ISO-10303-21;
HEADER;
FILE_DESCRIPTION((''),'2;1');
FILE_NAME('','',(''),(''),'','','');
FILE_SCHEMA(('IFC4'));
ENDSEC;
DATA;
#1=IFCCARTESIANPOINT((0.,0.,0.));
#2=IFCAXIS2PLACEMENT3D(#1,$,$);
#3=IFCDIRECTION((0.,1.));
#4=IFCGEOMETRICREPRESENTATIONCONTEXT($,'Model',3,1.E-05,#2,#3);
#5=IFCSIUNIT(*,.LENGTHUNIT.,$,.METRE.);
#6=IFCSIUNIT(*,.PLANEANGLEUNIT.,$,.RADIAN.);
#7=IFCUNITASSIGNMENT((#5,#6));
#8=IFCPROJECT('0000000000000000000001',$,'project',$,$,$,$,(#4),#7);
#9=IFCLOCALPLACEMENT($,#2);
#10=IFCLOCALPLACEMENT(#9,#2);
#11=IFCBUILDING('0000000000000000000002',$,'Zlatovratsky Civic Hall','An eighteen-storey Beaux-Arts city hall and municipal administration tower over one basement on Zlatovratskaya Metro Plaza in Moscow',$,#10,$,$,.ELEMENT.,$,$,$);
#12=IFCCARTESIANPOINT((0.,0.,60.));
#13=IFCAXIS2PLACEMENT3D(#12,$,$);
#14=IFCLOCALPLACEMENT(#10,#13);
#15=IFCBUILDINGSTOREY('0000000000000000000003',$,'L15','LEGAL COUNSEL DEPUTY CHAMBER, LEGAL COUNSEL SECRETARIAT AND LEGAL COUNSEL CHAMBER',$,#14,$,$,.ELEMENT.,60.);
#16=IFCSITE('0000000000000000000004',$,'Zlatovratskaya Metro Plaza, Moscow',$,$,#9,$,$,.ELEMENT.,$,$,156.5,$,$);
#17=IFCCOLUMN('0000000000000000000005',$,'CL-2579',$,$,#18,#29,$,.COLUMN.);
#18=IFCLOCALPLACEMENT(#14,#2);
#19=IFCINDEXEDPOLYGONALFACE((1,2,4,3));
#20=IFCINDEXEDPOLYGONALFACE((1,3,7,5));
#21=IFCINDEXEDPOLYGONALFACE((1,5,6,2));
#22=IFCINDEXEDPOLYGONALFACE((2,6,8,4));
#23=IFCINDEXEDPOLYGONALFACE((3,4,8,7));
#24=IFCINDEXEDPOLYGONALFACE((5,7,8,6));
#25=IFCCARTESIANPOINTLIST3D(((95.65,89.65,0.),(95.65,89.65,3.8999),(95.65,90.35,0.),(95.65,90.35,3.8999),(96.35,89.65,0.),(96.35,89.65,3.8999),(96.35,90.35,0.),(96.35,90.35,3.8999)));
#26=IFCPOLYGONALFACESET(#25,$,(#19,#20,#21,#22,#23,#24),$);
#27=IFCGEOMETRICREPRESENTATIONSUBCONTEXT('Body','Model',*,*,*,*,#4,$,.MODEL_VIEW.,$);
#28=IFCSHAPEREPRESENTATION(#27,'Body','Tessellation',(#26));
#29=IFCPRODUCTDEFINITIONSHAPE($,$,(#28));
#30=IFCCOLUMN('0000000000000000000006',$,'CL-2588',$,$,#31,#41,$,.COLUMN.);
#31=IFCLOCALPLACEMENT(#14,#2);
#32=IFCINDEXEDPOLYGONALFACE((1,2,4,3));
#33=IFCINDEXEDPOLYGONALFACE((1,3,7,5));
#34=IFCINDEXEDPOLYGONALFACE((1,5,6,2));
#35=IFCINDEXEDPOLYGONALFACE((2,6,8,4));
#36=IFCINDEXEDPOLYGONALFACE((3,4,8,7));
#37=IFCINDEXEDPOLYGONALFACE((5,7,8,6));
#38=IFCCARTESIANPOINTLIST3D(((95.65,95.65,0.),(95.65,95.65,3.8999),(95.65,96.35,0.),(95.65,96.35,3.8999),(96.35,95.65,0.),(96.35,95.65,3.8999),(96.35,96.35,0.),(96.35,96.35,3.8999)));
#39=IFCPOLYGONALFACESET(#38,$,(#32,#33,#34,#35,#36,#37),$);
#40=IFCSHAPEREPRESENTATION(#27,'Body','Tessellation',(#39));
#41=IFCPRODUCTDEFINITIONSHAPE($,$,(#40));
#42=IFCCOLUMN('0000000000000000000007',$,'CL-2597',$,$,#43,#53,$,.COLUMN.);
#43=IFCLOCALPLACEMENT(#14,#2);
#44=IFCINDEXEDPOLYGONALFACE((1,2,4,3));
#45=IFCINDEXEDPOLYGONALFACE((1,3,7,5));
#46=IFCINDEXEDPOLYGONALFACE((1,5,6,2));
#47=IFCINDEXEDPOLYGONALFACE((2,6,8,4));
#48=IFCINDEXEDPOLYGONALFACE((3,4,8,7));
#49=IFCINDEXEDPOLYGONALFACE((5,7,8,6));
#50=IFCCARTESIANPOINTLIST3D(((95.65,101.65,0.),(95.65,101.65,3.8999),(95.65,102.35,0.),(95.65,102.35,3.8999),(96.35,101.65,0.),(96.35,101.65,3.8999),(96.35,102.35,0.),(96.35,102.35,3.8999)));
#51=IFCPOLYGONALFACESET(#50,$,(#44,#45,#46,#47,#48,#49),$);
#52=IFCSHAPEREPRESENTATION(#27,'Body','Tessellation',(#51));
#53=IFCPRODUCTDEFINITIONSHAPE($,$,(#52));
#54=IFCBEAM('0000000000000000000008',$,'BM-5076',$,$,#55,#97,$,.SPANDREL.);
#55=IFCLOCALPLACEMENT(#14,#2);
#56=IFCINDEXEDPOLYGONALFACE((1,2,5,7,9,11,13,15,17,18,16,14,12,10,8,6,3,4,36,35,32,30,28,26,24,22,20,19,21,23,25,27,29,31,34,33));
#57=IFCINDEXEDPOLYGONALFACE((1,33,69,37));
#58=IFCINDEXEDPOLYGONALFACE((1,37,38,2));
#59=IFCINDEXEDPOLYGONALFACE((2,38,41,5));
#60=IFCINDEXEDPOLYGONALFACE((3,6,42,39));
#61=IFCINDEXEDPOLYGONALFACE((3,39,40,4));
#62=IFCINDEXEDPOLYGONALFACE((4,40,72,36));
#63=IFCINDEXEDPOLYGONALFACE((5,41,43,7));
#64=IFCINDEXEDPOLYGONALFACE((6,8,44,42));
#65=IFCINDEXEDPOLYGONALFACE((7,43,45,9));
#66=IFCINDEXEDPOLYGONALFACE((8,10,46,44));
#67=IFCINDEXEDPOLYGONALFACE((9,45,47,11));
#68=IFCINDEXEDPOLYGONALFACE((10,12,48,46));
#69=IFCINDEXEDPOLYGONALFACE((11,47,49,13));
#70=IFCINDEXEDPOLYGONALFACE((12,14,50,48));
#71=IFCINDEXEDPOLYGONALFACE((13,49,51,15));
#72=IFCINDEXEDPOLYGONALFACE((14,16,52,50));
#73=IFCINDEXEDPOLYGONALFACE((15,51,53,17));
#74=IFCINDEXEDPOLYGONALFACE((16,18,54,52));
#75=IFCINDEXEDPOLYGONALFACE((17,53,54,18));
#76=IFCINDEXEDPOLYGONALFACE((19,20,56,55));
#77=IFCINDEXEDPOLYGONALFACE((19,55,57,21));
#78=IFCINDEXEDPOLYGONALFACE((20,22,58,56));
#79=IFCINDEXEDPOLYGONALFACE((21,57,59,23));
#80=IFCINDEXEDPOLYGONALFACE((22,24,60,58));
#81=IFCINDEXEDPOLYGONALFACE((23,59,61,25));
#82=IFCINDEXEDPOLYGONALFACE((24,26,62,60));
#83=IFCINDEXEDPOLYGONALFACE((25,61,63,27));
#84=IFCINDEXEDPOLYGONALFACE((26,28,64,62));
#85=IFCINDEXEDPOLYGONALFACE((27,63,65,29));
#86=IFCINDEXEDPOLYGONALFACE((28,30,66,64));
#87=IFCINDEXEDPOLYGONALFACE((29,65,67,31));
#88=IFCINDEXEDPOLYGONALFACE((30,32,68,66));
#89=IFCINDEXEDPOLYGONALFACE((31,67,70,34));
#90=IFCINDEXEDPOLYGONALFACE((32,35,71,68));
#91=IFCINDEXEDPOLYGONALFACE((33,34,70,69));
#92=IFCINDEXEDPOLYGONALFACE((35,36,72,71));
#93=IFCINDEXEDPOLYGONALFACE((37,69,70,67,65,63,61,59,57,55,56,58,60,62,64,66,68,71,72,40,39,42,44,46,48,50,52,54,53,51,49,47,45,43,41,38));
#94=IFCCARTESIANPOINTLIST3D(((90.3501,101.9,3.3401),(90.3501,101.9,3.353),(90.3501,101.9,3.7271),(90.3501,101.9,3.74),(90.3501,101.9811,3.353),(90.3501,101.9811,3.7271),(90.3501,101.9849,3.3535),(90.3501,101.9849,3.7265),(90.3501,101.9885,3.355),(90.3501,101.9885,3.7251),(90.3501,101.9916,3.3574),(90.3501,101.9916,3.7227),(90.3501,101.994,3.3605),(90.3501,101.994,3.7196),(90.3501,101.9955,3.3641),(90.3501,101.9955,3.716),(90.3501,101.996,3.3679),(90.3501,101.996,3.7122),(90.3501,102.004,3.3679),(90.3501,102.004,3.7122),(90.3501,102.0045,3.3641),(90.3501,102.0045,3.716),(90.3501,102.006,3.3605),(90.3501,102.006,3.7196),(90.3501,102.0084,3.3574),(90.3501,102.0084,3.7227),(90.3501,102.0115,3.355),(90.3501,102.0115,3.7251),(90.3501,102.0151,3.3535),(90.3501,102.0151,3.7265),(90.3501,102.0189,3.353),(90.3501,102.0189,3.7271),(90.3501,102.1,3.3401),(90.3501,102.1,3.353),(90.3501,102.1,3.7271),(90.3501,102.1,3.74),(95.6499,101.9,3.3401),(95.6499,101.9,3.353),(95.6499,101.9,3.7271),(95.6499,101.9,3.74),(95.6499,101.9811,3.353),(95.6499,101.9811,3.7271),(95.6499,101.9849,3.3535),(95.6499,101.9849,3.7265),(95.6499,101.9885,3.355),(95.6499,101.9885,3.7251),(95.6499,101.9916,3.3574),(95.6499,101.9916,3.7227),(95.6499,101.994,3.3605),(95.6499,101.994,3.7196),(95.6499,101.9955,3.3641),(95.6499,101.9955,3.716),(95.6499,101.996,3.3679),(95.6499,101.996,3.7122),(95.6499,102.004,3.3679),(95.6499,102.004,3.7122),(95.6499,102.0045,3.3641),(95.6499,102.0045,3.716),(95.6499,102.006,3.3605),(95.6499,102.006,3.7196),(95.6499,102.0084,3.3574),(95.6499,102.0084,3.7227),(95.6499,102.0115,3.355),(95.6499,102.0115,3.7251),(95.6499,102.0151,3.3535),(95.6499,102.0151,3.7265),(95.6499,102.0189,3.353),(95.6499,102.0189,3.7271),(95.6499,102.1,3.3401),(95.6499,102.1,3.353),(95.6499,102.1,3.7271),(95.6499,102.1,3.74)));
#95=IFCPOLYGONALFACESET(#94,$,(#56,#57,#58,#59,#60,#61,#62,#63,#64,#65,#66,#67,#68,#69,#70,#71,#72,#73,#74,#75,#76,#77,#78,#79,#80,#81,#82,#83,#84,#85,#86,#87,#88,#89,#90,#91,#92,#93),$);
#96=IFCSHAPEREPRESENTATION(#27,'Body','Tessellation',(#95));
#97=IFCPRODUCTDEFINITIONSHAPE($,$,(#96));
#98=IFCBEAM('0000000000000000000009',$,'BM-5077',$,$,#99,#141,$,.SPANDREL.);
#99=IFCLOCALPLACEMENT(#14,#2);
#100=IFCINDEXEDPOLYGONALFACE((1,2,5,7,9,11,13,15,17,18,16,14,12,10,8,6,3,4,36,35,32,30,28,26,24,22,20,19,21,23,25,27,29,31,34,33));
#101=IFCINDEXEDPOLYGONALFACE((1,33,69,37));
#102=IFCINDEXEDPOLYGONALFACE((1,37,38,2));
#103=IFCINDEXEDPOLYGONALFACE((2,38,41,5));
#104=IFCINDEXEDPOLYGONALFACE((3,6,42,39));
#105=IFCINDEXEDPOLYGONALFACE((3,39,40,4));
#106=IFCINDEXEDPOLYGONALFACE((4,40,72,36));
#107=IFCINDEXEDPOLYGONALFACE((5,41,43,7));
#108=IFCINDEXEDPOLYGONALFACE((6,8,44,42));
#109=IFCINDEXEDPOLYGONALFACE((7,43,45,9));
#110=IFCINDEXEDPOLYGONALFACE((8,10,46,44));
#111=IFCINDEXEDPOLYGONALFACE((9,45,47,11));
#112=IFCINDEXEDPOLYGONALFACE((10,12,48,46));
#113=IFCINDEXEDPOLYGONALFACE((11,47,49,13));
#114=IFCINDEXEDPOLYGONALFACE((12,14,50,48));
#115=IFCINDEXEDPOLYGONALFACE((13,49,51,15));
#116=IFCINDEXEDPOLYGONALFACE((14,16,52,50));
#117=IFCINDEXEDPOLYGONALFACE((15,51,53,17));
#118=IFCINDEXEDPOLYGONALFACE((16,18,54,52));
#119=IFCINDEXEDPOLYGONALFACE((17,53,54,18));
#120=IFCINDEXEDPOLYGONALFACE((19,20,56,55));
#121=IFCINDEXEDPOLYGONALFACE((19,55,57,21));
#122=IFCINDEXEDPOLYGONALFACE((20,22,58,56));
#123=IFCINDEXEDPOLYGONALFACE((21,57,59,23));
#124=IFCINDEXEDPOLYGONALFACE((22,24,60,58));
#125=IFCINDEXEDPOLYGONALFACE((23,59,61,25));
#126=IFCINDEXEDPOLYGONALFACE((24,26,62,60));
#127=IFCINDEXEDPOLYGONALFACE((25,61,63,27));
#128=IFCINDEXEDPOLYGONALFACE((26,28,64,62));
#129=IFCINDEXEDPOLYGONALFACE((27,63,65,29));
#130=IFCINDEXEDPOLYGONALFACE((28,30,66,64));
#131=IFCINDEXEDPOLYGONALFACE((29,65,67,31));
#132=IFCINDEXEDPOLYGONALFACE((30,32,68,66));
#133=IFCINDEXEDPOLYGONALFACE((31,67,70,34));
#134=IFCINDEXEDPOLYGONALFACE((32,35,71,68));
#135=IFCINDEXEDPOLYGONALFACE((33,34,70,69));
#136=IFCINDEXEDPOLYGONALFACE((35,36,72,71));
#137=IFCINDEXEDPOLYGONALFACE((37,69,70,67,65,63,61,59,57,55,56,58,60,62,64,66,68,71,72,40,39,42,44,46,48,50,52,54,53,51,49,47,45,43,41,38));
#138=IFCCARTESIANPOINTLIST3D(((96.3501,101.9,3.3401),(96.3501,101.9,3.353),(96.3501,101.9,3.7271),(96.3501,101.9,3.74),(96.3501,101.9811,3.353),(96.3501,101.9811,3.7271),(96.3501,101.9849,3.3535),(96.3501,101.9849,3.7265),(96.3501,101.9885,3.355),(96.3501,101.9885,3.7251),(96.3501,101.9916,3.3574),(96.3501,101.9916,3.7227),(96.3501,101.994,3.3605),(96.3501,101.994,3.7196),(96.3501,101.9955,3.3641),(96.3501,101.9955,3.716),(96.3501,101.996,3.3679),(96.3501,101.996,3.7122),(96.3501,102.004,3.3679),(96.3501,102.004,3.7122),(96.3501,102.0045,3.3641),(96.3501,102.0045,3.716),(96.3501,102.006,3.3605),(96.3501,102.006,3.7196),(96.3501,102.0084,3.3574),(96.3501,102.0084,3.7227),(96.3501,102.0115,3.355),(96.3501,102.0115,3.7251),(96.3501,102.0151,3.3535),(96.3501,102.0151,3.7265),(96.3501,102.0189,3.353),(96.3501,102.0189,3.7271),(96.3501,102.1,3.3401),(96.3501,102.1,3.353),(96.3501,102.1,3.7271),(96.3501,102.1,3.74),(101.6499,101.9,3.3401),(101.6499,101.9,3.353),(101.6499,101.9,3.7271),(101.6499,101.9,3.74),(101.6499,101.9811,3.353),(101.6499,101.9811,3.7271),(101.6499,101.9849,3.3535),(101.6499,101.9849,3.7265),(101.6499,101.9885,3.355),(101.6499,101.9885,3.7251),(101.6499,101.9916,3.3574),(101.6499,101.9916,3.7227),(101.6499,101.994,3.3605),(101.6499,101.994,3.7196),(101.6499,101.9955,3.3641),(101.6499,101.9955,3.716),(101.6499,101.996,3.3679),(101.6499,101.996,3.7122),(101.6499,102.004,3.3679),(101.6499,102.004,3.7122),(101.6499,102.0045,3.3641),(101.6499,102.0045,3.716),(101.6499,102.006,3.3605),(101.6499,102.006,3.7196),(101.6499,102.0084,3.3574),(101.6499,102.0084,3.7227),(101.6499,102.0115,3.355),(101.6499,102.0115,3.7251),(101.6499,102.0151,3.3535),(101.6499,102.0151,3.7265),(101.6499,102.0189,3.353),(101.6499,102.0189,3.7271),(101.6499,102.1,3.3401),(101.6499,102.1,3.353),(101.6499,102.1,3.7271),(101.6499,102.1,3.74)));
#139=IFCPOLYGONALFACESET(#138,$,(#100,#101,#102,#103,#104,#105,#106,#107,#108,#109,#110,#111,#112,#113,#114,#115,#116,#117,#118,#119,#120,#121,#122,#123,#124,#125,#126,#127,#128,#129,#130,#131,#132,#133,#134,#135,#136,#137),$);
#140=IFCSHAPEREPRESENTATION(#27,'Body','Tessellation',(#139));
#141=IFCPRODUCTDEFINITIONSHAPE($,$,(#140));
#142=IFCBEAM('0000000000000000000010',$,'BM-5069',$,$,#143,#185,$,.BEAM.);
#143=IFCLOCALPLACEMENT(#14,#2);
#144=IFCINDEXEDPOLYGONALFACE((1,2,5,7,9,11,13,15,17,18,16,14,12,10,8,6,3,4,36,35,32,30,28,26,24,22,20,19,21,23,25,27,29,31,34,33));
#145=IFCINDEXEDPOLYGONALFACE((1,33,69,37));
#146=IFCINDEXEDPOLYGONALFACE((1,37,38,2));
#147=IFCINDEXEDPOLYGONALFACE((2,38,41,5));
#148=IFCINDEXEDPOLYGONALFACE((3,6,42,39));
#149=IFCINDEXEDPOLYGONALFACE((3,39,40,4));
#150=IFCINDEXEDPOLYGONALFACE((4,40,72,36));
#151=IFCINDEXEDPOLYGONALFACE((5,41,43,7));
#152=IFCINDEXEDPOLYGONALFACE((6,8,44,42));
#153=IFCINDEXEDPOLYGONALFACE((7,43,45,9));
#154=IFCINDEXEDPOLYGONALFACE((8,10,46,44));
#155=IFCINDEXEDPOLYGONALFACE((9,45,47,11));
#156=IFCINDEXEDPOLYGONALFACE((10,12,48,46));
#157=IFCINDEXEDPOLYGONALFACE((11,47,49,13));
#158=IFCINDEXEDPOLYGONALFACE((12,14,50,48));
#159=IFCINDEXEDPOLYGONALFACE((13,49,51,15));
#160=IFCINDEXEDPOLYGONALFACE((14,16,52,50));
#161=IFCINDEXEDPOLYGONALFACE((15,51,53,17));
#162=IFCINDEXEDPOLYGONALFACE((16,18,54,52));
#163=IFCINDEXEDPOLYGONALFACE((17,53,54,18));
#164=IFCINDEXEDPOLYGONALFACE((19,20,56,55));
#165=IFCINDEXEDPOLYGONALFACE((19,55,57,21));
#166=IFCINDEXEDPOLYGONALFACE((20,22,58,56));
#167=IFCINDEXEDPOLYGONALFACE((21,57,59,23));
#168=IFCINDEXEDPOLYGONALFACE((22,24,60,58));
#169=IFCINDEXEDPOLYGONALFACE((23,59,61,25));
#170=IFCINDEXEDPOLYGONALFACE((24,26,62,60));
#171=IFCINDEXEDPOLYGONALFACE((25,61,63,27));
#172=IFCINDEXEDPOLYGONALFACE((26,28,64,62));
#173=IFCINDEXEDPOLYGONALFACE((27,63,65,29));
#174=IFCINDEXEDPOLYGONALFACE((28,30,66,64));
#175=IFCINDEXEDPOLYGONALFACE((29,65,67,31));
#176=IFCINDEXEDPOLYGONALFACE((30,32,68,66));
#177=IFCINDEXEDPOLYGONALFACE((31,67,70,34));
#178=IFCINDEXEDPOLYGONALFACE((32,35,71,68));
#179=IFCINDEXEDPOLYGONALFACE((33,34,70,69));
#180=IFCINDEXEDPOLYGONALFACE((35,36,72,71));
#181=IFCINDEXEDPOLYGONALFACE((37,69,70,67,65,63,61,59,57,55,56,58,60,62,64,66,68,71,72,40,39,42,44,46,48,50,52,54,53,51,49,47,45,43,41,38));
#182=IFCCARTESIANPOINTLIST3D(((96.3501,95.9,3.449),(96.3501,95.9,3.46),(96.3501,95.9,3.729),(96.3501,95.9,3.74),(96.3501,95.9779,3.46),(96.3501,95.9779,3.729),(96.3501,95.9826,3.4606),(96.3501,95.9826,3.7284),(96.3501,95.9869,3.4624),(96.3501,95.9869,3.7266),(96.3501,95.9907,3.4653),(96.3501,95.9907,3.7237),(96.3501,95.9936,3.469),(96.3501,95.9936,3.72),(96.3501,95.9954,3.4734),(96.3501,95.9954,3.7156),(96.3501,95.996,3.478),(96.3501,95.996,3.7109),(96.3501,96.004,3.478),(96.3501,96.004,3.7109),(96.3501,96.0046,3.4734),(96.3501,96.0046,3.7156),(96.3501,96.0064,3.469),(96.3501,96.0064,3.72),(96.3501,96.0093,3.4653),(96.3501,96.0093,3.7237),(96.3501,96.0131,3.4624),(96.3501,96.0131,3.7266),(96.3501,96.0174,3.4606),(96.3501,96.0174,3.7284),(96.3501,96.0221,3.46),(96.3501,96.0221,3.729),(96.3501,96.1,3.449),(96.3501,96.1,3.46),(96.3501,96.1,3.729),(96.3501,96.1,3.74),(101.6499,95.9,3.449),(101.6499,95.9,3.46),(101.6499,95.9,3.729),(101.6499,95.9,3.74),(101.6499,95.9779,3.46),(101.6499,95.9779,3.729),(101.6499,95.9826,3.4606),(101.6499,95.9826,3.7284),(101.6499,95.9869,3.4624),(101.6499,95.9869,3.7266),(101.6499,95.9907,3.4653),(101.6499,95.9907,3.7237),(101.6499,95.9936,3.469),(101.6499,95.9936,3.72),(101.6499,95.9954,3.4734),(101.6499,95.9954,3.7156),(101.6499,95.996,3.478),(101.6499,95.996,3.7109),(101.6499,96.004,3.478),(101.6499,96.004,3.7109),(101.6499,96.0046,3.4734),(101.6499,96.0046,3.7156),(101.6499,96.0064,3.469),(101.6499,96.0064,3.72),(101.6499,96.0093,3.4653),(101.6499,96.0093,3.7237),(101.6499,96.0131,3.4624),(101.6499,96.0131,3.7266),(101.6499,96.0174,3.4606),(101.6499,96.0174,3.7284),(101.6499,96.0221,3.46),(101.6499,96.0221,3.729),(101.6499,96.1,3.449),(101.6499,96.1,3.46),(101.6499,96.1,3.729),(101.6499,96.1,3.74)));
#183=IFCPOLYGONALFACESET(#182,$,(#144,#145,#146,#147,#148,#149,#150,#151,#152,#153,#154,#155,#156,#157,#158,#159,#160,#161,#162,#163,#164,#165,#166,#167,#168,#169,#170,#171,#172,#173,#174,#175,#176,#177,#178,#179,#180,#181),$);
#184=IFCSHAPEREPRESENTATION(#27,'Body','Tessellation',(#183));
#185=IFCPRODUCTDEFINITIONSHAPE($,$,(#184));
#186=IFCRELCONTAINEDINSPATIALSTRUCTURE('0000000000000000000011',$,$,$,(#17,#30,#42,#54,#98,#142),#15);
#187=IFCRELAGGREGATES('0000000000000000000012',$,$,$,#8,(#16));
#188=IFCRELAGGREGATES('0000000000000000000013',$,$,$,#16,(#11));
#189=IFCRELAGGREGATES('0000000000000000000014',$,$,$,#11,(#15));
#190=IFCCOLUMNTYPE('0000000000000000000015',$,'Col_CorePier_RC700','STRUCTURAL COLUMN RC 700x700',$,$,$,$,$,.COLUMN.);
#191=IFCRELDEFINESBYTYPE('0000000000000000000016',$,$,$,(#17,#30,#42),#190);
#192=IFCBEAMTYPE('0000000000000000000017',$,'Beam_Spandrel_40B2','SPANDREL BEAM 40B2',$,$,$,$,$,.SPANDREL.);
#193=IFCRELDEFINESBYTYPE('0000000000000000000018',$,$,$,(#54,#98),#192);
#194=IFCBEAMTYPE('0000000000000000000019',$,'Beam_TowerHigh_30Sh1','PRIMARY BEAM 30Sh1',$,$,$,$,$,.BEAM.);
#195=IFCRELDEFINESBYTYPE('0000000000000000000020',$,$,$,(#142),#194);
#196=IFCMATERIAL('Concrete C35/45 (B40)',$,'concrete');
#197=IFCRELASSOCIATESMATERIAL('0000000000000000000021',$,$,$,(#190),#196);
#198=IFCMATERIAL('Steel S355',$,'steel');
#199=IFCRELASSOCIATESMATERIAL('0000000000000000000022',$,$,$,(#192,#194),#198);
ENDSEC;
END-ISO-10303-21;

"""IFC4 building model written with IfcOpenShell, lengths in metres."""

from ifc_helpers import new_model, si_unit, direction, frame, origin, origin_2d, place, context, subcontext, project, spatial, rectangle, i_section, extrude, material, material_profile, profile_set, type_object, element, save


model = new_model("IFC4")

# Units and contexts
model_context = context("Model", 3, precision=1e-05, world=origin(), true_north=direction((0.0, 1.0)))
body_context = subcontext(model_context, "Body", "Model", "MODEL_VIEW")
ifc_project = project(units=[si_unit("LENGTHUNIT", "METRE"), si_unit("PLANEANGLEUNIT", "RADIAN")], contexts=[model_context])

# Site, building, storey
site_placement = place(None, origin())
site = spatial("IfcSite", under=ifc_project, at=site_placement, Name="Zlatovratskaya Metro Plaza, Moscow", CompositionType="ELEMENT", RefElevation=156.5)
building_placement = place(site_placement, origin())
building = spatial("IfcBuilding", under=site, at=building_placement, Name="Zlatovratsky Civic Hall", Description="An eighteen-storey Beaux-Arts city hall and municipal administration tower over one basement on Zlatovratskaya Metro Plaza in Moscow", CompositionType="ELEMENT")
storey_placement = place(building_placement, frame((0.0, 0.0, 60.0)))
storey = spatial("IfcBuildingStorey", under=building, at=storey_placement, Name="L15", Description="LEGAL COUNSEL DEPUTY CHAMBER, LEGAL COUNSEL SECRETARIAT AND LEGAL COUNSEL CHAMBER", CompositionType="ELEMENT", Elevation=60.0)

# Columns
ifc_material_1 = material(Name="Concrete C35/45 (B40)", Category="concrete")
ifc_material_profile_1 = material_profile(ifc_material_1, rectangle(XDim=0.7, YDim=0.7, at=origin_2d()), Name="RC 700x700")
ifc_profile_set_1 = profile_set([ifc_material_profile_1], Name="Concrete C35/45 (B40)")
column_type = type_object("IfcColumnType", Name="Col_CorePier_RC700", Description="STRUCTURAL COLUMN RC 700x700", PredefinedType="COLUMN", material=ifc_profile_set_1)
for number, where, z_axis, x_axis, name in (
    (1, (96.0, 90.0, 0.0), (0.0, 0.0, 1.0), (1.0, 0.0, 0.0), "CL-2579"),
    (2, (96.0, 96.0, 0.0), (0.0, 0.0, 1.0), (1.0, 0.0, 0.0), "CL-2588"),
    (3, (96.0, 102.0, 0.0), (0.0, 0.0, 1.0), (1.0, 0.0, 0.0), "CL-2597"),
):
    element("IfcColumn", number, at=place(storey_placement, frame(where, z_axis=z_axis, x_axis=x_axis)), inside=storey, type_object=column_type, Name=name, PredefinedType="COLUMN", context=body_context, shape_type="SweptSolid", body=[
        extrude(rectangle(XDim=0.7, YDim=0.7, at=origin_2d()), origin(), (0.0, 0.0, 1.0), 3.8999),
    ])

# Beams
ifc_material_2 = material(Name="Steel S355", Category="steel")
ifc_material_profile_2 = material_profile(ifc_material_2, i_section(OverallWidth=0.2, OverallDepth=0.3999, WebThickness=0.0081, FlangeThickness=0.0129, FilletRadius=0.0149, at=origin_2d()), Name="40B2")
ifc_profile_set_2 = profile_set([ifc_material_profile_2], Name="Steel S355")
beam_type_1 = type_object("IfcBeamType", Name="Beam_Spandrel_40B2", Description="SPANDREL BEAM 40B2", PredefinedType="SPANDREL", material=ifc_profile_set_2)
for number, where, z_axis, x_axis, name in (
    (4, (90.3501, 102.0, 3.54), (1.0, 0.0, 0.0), (0.0, 1.0, 0.0), "BM-5076"),
    (5, (96.3501, 102.0, 3.54), (1.0, 0.0, 0.0), (0.0, 1.0, 0.0), "BM-5077"),
):
    element("IfcBeam", number, at=place(storey_placement, frame(where, z_axis=z_axis, x_axis=x_axis)), inside=storey, type_object=beam_type_1, Name=name, PredefinedType="SPANDREL", context=body_context, shape_type="SweptSolid", body=[
        extrude(i_section(OverallWidth=0.2, OverallDepth=0.3999, WebThickness=0.0081, FlangeThickness=0.0129, FilletRadius=0.0149, at=origin_2d()), origin(), (0.0, 0.0, 1.0), 5.2998),
    ])
ifc_material_profile_3 = material_profile(ifc_material_2, i_section(OverallWidth=0.2, OverallDepth=0.291, WebThickness=0.0081, FlangeThickness=0.011, FilletRadius=0.0181, at=origin_2d()), Name="30Sh1")
ifc_profile_set_3 = profile_set([ifc_material_profile_3], Name="Steel S355")
beam_type_2 = type_object("IfcBeamType", Name="Beam_TowerHigh_30Sh1", Description="PRIMARY BEAM 30Sh1", PredefinedType="BEAM", material=ifc_profile_set_3)
for number, where, z_axis, x_axis, name in (
    (6, (96.3501, 96.0, 3.5945), (1.0, 0.0, 0.0), (0.0, 1.0, 0.0), "BM-5069"),
):
    element("IfcBeam", number, at=place(storey_placement, frame(where, z_axis=z_axis, x_axis=x_axis)), inside=storey, type_object=beam_type_2, Name=name, PredefinedType="BEAM", context=body_context, shape_type="SweptSolid", body=[
        extrude(i_section(OverallWidth=0.2, OverallDepth=0.291, WebThickness=0.0081, FlangeThickness=0.011, FilletRadius=0.0181, at=origin_2d()), origin(), (0.0, 0.0, 1.0), 5.2998),
    ])

save(model, "model.ifc")
